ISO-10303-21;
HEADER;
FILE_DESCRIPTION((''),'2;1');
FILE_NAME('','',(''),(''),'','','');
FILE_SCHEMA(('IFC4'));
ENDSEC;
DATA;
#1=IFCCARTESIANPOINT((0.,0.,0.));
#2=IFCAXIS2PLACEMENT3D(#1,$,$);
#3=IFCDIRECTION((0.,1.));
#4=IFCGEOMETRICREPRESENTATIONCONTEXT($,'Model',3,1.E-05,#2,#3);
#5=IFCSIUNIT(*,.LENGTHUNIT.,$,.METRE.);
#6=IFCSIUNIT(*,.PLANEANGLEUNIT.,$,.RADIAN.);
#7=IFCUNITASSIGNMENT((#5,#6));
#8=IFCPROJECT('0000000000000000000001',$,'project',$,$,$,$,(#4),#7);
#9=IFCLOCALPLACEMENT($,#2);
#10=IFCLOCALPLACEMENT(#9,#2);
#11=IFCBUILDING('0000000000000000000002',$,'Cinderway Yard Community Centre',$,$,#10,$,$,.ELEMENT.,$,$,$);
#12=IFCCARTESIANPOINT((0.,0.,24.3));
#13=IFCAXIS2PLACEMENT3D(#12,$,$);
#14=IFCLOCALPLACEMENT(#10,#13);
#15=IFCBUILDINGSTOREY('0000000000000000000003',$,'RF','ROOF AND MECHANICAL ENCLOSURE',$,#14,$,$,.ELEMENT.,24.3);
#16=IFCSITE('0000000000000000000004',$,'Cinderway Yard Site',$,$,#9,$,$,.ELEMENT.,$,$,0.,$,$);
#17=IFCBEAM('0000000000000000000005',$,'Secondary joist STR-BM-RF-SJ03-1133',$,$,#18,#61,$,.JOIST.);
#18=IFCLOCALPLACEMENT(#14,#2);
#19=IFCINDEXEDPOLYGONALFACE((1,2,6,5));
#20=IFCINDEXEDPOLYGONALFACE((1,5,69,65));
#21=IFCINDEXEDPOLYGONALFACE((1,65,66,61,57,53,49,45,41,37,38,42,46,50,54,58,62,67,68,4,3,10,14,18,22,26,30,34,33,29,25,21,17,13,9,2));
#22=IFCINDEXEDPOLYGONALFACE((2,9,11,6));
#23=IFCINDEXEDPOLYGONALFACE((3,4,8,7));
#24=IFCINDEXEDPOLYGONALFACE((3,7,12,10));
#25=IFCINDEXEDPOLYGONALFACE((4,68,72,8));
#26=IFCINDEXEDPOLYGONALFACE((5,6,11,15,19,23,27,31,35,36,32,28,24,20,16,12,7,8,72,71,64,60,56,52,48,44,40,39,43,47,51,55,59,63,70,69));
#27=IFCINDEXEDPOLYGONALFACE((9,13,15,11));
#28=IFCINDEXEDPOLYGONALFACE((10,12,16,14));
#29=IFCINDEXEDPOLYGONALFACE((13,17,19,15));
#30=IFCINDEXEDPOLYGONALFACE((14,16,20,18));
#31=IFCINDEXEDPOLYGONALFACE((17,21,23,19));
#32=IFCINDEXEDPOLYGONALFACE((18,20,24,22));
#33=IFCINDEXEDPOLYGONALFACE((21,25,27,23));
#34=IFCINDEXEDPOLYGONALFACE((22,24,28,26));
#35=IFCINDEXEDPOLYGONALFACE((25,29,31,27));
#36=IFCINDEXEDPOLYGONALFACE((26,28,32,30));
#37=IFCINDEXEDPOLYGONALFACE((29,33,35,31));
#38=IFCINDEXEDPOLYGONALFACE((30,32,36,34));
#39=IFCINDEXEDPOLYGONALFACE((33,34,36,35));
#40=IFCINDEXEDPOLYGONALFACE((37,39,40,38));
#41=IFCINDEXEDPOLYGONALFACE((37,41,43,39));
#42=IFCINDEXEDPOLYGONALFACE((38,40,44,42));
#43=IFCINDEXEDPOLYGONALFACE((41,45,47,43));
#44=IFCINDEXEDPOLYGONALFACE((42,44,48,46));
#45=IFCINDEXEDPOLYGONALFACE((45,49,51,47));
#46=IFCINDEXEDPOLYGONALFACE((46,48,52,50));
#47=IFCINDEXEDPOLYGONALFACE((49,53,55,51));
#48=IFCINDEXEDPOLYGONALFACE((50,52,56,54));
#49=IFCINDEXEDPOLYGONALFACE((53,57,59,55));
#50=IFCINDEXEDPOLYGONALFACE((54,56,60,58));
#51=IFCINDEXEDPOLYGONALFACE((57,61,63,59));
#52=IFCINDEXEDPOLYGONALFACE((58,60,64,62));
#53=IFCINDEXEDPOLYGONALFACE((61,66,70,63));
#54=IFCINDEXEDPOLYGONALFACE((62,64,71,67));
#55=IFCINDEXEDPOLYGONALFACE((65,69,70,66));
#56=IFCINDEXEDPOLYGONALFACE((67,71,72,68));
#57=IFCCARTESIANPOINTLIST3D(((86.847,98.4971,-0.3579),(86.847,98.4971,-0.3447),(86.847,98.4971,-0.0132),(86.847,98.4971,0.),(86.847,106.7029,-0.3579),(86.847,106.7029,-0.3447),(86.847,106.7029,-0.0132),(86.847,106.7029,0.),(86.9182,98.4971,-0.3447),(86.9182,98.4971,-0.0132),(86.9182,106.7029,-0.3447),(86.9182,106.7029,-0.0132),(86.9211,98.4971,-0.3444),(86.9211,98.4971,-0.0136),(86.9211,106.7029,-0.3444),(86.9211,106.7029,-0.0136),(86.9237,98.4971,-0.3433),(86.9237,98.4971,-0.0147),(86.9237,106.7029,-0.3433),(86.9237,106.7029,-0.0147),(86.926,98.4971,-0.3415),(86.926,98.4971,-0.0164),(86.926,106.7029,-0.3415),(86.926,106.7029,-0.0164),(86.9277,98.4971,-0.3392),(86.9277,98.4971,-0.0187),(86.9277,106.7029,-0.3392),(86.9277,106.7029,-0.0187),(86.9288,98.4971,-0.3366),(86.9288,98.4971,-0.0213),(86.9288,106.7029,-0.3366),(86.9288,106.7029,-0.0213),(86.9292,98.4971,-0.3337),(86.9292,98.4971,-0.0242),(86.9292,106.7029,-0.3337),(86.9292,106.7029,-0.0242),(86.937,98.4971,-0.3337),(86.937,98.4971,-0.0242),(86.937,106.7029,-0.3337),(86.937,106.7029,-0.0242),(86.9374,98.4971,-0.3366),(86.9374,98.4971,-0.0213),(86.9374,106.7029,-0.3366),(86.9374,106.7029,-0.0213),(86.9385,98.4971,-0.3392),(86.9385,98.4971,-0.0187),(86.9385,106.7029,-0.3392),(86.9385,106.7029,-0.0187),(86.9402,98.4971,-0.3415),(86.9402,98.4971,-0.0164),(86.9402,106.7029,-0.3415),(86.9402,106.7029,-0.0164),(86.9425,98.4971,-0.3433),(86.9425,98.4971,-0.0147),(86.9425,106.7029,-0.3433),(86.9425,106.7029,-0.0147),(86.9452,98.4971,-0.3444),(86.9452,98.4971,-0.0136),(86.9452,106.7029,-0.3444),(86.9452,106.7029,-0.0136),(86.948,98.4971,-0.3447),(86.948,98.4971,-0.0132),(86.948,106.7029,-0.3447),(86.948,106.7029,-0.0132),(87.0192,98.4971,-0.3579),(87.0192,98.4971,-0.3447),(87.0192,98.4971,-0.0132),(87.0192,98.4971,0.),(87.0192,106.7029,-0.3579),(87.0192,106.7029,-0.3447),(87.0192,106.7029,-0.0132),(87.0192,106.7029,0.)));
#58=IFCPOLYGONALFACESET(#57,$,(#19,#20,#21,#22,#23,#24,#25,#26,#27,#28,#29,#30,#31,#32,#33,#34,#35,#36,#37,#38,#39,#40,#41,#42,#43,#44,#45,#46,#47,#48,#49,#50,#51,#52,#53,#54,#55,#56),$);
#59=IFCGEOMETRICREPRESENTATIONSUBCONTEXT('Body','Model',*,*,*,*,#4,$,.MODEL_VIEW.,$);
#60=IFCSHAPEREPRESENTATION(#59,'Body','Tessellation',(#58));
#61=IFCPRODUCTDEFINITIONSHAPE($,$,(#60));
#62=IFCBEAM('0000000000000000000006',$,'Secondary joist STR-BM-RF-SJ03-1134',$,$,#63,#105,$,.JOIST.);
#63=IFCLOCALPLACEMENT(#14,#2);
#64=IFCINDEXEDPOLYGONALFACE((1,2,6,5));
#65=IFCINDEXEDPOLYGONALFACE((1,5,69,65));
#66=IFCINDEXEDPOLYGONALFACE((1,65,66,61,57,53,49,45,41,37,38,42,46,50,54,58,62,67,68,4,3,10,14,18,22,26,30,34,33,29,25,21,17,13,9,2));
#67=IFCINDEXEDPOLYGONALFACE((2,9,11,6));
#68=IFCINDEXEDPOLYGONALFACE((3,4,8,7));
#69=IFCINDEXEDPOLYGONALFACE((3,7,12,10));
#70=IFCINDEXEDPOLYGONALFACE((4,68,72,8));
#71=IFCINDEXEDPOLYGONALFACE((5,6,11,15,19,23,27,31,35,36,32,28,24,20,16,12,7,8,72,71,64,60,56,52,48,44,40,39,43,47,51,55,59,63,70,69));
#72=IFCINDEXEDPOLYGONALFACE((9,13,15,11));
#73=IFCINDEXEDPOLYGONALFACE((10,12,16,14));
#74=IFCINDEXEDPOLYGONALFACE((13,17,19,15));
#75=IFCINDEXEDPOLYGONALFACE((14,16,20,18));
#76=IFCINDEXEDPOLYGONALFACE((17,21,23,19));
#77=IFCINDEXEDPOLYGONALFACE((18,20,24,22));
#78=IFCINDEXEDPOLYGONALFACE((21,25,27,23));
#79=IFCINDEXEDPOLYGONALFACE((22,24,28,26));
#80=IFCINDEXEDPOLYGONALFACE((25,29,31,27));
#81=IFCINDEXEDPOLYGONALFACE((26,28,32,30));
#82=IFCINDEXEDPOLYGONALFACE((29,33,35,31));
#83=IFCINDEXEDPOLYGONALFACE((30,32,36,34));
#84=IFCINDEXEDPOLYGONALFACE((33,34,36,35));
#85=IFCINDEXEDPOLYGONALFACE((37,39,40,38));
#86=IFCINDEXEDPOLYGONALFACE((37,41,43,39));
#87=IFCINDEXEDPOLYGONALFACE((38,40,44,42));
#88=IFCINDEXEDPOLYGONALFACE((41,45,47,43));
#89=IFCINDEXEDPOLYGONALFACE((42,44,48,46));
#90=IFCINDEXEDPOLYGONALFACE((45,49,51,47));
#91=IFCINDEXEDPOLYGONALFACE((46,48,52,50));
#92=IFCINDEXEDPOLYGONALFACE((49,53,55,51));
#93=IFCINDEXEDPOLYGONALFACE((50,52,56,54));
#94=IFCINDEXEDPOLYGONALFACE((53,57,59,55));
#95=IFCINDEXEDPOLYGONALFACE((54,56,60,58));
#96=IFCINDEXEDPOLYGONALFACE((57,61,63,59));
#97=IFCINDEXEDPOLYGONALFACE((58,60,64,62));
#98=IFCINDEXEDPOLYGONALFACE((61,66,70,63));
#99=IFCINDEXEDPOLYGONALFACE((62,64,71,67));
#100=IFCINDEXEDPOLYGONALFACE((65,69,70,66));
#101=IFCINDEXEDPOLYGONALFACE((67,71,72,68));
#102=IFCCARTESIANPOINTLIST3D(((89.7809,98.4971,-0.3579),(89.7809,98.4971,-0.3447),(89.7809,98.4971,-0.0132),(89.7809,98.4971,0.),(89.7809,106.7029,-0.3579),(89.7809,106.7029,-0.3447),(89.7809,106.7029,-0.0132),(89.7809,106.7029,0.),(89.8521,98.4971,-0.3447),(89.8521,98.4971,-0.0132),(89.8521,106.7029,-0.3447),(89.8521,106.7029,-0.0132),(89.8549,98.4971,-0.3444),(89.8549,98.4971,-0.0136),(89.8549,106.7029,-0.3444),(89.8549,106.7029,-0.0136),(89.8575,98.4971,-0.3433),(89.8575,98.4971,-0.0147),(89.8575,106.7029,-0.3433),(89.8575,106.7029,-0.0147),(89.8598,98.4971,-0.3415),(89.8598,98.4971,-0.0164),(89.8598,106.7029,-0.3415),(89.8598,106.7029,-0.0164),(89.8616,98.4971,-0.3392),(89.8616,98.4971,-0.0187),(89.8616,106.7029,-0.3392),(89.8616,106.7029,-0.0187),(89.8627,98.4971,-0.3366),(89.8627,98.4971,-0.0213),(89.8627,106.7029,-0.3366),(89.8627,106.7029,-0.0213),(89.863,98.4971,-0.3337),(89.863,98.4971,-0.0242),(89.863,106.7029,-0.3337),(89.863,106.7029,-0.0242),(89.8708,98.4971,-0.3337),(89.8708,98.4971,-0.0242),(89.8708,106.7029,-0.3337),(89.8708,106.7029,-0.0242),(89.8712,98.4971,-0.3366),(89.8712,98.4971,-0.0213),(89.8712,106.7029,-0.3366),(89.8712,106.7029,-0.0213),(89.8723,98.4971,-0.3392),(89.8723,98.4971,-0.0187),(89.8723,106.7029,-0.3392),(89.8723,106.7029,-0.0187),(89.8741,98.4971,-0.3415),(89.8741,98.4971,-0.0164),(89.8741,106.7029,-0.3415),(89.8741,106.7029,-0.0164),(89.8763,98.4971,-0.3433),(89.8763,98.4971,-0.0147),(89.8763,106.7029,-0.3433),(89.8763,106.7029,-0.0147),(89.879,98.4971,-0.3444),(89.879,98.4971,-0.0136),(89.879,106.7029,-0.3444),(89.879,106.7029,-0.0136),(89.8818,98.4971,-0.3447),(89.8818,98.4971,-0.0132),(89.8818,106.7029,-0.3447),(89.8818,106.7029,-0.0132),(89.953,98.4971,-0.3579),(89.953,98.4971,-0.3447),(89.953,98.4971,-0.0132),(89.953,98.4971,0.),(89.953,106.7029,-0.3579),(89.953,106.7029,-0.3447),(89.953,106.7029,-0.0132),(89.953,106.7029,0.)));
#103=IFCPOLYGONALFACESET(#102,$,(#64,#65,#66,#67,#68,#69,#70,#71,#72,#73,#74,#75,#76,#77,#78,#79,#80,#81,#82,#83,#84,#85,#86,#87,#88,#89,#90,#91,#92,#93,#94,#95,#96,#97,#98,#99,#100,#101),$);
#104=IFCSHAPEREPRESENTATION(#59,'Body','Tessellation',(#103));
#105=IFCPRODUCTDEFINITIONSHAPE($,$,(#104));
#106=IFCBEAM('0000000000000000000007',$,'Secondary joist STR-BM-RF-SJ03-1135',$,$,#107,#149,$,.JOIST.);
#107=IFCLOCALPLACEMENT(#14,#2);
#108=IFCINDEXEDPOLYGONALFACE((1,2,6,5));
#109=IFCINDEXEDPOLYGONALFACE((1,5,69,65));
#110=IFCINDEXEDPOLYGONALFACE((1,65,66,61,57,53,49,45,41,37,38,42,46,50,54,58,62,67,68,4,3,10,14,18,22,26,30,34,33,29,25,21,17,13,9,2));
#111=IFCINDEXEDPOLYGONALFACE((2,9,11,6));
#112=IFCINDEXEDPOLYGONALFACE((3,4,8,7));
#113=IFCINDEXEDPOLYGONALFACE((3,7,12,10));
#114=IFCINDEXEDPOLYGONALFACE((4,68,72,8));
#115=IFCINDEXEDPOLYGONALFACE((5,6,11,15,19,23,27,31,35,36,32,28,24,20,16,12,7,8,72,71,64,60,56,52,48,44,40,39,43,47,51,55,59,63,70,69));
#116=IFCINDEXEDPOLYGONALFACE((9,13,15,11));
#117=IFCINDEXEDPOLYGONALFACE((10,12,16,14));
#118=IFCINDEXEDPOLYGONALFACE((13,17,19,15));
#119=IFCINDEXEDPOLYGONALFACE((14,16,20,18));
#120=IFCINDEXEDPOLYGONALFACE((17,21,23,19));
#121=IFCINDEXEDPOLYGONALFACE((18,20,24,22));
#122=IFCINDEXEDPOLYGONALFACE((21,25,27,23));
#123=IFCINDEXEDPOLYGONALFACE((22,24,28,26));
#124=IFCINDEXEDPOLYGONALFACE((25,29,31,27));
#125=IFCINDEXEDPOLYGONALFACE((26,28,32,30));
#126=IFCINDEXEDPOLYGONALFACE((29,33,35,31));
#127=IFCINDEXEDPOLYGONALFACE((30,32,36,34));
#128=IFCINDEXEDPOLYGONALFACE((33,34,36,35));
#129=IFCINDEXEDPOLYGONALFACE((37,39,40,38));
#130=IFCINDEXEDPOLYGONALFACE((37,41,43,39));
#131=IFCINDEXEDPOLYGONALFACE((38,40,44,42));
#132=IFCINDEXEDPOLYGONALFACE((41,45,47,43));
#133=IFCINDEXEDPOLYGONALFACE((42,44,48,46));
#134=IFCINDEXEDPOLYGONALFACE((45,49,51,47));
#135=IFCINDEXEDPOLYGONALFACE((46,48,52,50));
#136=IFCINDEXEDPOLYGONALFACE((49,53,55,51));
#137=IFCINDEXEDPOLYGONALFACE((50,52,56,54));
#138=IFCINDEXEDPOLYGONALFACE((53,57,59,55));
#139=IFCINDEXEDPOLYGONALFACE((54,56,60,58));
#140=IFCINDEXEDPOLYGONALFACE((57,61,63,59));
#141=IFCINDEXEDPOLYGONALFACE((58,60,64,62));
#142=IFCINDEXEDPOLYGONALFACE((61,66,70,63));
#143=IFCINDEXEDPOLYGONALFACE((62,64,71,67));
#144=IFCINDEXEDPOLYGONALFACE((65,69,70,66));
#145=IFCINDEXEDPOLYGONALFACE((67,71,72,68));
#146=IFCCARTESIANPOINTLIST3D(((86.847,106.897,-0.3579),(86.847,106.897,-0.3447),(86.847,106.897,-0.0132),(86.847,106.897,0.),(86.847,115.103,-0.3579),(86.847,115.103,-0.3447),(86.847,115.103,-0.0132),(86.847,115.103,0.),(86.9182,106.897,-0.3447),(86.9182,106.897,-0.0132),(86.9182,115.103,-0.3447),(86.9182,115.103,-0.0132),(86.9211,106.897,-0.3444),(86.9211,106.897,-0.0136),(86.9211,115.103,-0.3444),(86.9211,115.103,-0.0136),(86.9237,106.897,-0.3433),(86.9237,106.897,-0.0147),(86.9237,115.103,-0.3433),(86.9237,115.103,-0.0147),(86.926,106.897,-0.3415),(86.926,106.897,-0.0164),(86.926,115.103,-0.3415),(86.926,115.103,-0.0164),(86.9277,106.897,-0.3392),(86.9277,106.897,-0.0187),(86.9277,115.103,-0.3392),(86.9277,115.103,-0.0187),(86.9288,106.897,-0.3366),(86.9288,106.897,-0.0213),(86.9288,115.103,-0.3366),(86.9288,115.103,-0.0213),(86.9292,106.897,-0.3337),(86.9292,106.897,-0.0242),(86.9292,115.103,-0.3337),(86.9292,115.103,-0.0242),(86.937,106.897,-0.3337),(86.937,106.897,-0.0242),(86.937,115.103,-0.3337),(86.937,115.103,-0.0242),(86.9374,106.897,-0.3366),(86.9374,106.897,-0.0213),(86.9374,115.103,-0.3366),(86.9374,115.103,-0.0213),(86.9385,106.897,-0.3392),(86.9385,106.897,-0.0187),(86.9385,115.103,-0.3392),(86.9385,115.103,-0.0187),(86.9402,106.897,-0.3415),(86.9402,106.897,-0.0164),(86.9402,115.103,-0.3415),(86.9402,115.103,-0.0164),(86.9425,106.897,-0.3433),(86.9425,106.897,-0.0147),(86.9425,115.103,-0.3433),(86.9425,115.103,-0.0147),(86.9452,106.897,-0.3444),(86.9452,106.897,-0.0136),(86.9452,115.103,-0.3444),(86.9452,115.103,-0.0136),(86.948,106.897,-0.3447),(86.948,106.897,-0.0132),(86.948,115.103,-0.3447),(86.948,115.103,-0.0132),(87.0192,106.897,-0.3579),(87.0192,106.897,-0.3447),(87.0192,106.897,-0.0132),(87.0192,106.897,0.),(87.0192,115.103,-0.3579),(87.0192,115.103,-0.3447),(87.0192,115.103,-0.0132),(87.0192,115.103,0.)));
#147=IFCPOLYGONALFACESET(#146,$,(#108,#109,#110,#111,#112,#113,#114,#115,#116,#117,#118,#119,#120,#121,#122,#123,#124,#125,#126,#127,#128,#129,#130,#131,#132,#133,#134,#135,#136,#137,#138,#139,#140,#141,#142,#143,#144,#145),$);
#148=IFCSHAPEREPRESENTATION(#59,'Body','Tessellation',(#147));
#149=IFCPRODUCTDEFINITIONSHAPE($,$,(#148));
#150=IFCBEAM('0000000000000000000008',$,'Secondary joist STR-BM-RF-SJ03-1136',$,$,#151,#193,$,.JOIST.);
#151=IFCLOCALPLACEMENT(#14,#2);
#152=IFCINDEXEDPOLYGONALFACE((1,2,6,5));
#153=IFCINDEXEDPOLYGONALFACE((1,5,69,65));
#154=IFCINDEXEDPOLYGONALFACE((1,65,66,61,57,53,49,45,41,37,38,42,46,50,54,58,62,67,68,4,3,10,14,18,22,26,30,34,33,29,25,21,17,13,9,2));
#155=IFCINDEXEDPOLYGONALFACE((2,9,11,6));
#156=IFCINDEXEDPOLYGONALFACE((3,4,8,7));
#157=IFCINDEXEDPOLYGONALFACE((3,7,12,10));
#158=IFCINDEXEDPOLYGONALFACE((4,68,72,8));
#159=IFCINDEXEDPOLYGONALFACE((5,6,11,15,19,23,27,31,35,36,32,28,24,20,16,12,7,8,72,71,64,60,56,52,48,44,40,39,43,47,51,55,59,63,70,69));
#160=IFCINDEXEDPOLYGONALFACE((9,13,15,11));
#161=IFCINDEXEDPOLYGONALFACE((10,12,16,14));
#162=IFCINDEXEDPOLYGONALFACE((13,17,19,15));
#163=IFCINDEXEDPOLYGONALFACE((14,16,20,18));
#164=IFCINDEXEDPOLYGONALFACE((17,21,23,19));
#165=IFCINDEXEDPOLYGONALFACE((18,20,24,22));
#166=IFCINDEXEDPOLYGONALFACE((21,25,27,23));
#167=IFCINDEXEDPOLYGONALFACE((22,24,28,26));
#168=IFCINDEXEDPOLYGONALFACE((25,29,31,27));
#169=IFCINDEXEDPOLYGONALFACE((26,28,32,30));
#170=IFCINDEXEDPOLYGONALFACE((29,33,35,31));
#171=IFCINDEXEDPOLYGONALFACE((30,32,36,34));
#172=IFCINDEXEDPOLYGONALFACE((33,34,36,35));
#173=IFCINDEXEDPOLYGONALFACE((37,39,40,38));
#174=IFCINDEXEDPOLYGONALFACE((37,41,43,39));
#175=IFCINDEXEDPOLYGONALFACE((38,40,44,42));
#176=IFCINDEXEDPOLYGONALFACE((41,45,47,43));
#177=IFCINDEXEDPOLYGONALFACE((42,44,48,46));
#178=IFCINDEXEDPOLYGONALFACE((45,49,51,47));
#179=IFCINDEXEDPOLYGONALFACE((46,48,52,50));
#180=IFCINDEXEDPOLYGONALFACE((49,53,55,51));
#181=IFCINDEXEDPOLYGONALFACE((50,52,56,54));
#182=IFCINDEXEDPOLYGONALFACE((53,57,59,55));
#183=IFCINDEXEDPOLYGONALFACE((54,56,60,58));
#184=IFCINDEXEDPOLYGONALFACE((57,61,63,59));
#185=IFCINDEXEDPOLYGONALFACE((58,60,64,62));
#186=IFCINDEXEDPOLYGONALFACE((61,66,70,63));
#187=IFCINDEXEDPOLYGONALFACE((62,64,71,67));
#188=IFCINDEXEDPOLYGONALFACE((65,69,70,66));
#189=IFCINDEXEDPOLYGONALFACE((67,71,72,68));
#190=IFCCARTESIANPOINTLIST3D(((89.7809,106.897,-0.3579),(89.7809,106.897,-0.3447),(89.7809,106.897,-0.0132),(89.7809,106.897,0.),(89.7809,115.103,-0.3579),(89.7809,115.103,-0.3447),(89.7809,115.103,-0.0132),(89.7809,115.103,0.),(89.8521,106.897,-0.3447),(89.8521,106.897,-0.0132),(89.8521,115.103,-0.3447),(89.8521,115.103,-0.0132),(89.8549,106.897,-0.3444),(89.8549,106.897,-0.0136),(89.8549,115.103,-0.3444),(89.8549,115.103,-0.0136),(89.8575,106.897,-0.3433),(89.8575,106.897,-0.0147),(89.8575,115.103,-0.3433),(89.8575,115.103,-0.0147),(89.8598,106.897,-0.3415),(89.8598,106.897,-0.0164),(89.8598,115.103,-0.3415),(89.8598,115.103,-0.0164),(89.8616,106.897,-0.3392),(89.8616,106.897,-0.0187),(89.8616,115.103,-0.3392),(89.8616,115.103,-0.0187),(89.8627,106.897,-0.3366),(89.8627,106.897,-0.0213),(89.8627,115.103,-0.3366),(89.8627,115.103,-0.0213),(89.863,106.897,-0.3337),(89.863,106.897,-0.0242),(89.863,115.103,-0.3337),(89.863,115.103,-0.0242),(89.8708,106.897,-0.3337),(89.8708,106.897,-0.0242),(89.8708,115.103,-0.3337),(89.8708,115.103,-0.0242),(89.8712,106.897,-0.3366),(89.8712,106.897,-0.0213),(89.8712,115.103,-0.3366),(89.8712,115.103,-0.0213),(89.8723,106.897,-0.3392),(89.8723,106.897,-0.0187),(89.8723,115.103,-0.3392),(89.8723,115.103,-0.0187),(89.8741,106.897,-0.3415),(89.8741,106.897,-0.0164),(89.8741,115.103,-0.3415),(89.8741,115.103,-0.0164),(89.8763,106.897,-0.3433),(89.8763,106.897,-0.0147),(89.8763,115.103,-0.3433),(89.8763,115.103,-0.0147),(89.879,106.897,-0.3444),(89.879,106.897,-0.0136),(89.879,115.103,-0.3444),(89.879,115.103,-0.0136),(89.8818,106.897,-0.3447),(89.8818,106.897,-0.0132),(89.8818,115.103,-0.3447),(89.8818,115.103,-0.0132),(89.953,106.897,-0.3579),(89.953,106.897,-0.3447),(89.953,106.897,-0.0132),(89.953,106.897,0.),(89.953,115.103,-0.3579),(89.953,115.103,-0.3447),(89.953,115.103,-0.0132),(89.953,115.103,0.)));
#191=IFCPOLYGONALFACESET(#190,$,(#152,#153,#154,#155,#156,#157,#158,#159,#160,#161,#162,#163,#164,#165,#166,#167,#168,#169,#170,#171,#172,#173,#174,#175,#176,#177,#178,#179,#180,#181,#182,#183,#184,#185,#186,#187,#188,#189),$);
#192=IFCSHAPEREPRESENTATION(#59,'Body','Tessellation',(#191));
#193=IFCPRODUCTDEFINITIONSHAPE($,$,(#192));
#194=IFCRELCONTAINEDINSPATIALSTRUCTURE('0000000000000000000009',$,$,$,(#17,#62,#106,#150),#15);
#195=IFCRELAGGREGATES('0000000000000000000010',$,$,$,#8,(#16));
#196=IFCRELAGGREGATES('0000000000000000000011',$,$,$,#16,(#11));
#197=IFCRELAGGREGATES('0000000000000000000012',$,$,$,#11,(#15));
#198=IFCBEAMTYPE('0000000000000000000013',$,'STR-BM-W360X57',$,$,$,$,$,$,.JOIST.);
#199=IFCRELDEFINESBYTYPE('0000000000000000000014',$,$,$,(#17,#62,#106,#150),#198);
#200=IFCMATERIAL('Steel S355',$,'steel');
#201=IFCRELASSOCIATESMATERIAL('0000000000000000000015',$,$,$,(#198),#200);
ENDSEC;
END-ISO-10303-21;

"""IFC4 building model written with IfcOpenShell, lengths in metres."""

from ifc_helpers import new_model, si_unit, direction, frame, origin, origin_2d, place, context, subcontext, project, spatial, i_section, extrude, material, material_profile, profile_set, type_object, element, save


model = new_model("IFC4")

# Units and contexts
model_context = context("Model", 3, precision=1e-05, world=origin(), true_north=direction((0.0, 1.0)))
body_context = subcontext(model_context, "Body", "Model", "MODEL_VIEW")
ifc_project = project(units=[si_unit("LENGTHUNIT", "METRE"), si_unit("PLANEANGLEUNIT", "RADIAN")], contexts=[model_context])

# Site, building, storey
site_placement = place(None, origin())
site = spatial("IfcSite", under=ifc_project, at=site_placement, Name="Cinderway Yard Site", CompositionType="ELEMENT", RefElevation=0.0)
building_placement = place(site_placement, origin())
building = spatial("IfcBuilding", under=site, at=building_placement, Name="Cinderway Yard Community Centre", CompositionType="ELEMENT")
storey_placement = place(building_placement, frame((0.0, 0.0, 24.3)))
storey = spatial("IfcBuildingStorey", under=building, at=storey_placement, Name="RF", Description="ROOF AND MECHANICAL ENCLOSURE", CompositionType="ELEMENT", Elevation=24.3)

# Shared definitions
ifc_material_1 = material(Name="Steel S355", Category="steel")

# Beams
ifc_material_profile_1 = material_profile(ifc_material_1, i_section(OverallWidth=0.1721, OverallDepth=0.3579, WebThickness=0.0078, FlangeThickness=0.0132, FilletRadius=0.011, at=origin_2d()), Name="Steel S355")
ifc_profile_set_1 = profile_set([ifc_material_profile_1], Name="Steel S355")
beam_type_1 = type_object("IfcBeamType", Name="STR-BM-W360X57", PredefinedType="JOIST", material=ifc_profile_set_1)
for number, where, z_axis, x_axis, name in (
    (1, (86.9331, 98.4971, -0.179), (0.0, 1.0, 0.0), (-1.0, 0.0, 0.0), "Secondary joist STR-BM-RF-SJ03-1133"),
    (2, (89.8669, 98.4971, -0.179), (0.0, 1.0, 0.0), (-1.0, 0.0, 0.0), "Secondary joist STR-BM-RF-SJ03-1134"),
):
    element("IfcBeam", number, at=place(storey_placement, frame(where, z_axis=z_axis, x_axis=x_axis)), inside=storey, type_object=beam_type_1, Name=name, PredefinedType="JOIST", context=body_context, shape_type="SweptSolid", body=[
        extrude(i_section(OverallWidth=0.1721, OverallDepth=0.3579, WebThickness=0.0078, FlangeThickness=0.0132, FilletRadius=0.011, at=origin_2d()), origin(), (0.0, 0.0, 1.0), 8.2058),
    ])
for number, where, z_axis, x_axis, name in (
    (3, (86.9331, 106.897, -0.179), (0.0, 1.0, 0.0), (-1.0, 0.0, 0.0), "Secondary joist STR-BM-RF-SJ03-1135"),
    (4, (89.8669, 106.897, -0.179), (0.0, 1.0, 0.0), (-1.0, 0.0, 0.0), "Secondary joist STR-BM-RF-SJ03-1136"),
):
    element("IfcBeam", number, at=place(storey_placement, frame(where, z_axis=z_axis, x_axis=x_axis)), inside=storey, type_object=beam_type_1, Name=name, PredefinedType="JOIST", context=body_context, shape_type="SweptSolid", body=[
        extrude(i_section(OverallWidth=0.1721, OverallDepth=0.3579, WebThickness=0.0078, FlangeThickness=0.0132, FilletRadius=0.011, at=origin_2d()), origin(), (0.0, 0.0, 1.0), 8.2061),
    ])

save(model, "model.ifc")
